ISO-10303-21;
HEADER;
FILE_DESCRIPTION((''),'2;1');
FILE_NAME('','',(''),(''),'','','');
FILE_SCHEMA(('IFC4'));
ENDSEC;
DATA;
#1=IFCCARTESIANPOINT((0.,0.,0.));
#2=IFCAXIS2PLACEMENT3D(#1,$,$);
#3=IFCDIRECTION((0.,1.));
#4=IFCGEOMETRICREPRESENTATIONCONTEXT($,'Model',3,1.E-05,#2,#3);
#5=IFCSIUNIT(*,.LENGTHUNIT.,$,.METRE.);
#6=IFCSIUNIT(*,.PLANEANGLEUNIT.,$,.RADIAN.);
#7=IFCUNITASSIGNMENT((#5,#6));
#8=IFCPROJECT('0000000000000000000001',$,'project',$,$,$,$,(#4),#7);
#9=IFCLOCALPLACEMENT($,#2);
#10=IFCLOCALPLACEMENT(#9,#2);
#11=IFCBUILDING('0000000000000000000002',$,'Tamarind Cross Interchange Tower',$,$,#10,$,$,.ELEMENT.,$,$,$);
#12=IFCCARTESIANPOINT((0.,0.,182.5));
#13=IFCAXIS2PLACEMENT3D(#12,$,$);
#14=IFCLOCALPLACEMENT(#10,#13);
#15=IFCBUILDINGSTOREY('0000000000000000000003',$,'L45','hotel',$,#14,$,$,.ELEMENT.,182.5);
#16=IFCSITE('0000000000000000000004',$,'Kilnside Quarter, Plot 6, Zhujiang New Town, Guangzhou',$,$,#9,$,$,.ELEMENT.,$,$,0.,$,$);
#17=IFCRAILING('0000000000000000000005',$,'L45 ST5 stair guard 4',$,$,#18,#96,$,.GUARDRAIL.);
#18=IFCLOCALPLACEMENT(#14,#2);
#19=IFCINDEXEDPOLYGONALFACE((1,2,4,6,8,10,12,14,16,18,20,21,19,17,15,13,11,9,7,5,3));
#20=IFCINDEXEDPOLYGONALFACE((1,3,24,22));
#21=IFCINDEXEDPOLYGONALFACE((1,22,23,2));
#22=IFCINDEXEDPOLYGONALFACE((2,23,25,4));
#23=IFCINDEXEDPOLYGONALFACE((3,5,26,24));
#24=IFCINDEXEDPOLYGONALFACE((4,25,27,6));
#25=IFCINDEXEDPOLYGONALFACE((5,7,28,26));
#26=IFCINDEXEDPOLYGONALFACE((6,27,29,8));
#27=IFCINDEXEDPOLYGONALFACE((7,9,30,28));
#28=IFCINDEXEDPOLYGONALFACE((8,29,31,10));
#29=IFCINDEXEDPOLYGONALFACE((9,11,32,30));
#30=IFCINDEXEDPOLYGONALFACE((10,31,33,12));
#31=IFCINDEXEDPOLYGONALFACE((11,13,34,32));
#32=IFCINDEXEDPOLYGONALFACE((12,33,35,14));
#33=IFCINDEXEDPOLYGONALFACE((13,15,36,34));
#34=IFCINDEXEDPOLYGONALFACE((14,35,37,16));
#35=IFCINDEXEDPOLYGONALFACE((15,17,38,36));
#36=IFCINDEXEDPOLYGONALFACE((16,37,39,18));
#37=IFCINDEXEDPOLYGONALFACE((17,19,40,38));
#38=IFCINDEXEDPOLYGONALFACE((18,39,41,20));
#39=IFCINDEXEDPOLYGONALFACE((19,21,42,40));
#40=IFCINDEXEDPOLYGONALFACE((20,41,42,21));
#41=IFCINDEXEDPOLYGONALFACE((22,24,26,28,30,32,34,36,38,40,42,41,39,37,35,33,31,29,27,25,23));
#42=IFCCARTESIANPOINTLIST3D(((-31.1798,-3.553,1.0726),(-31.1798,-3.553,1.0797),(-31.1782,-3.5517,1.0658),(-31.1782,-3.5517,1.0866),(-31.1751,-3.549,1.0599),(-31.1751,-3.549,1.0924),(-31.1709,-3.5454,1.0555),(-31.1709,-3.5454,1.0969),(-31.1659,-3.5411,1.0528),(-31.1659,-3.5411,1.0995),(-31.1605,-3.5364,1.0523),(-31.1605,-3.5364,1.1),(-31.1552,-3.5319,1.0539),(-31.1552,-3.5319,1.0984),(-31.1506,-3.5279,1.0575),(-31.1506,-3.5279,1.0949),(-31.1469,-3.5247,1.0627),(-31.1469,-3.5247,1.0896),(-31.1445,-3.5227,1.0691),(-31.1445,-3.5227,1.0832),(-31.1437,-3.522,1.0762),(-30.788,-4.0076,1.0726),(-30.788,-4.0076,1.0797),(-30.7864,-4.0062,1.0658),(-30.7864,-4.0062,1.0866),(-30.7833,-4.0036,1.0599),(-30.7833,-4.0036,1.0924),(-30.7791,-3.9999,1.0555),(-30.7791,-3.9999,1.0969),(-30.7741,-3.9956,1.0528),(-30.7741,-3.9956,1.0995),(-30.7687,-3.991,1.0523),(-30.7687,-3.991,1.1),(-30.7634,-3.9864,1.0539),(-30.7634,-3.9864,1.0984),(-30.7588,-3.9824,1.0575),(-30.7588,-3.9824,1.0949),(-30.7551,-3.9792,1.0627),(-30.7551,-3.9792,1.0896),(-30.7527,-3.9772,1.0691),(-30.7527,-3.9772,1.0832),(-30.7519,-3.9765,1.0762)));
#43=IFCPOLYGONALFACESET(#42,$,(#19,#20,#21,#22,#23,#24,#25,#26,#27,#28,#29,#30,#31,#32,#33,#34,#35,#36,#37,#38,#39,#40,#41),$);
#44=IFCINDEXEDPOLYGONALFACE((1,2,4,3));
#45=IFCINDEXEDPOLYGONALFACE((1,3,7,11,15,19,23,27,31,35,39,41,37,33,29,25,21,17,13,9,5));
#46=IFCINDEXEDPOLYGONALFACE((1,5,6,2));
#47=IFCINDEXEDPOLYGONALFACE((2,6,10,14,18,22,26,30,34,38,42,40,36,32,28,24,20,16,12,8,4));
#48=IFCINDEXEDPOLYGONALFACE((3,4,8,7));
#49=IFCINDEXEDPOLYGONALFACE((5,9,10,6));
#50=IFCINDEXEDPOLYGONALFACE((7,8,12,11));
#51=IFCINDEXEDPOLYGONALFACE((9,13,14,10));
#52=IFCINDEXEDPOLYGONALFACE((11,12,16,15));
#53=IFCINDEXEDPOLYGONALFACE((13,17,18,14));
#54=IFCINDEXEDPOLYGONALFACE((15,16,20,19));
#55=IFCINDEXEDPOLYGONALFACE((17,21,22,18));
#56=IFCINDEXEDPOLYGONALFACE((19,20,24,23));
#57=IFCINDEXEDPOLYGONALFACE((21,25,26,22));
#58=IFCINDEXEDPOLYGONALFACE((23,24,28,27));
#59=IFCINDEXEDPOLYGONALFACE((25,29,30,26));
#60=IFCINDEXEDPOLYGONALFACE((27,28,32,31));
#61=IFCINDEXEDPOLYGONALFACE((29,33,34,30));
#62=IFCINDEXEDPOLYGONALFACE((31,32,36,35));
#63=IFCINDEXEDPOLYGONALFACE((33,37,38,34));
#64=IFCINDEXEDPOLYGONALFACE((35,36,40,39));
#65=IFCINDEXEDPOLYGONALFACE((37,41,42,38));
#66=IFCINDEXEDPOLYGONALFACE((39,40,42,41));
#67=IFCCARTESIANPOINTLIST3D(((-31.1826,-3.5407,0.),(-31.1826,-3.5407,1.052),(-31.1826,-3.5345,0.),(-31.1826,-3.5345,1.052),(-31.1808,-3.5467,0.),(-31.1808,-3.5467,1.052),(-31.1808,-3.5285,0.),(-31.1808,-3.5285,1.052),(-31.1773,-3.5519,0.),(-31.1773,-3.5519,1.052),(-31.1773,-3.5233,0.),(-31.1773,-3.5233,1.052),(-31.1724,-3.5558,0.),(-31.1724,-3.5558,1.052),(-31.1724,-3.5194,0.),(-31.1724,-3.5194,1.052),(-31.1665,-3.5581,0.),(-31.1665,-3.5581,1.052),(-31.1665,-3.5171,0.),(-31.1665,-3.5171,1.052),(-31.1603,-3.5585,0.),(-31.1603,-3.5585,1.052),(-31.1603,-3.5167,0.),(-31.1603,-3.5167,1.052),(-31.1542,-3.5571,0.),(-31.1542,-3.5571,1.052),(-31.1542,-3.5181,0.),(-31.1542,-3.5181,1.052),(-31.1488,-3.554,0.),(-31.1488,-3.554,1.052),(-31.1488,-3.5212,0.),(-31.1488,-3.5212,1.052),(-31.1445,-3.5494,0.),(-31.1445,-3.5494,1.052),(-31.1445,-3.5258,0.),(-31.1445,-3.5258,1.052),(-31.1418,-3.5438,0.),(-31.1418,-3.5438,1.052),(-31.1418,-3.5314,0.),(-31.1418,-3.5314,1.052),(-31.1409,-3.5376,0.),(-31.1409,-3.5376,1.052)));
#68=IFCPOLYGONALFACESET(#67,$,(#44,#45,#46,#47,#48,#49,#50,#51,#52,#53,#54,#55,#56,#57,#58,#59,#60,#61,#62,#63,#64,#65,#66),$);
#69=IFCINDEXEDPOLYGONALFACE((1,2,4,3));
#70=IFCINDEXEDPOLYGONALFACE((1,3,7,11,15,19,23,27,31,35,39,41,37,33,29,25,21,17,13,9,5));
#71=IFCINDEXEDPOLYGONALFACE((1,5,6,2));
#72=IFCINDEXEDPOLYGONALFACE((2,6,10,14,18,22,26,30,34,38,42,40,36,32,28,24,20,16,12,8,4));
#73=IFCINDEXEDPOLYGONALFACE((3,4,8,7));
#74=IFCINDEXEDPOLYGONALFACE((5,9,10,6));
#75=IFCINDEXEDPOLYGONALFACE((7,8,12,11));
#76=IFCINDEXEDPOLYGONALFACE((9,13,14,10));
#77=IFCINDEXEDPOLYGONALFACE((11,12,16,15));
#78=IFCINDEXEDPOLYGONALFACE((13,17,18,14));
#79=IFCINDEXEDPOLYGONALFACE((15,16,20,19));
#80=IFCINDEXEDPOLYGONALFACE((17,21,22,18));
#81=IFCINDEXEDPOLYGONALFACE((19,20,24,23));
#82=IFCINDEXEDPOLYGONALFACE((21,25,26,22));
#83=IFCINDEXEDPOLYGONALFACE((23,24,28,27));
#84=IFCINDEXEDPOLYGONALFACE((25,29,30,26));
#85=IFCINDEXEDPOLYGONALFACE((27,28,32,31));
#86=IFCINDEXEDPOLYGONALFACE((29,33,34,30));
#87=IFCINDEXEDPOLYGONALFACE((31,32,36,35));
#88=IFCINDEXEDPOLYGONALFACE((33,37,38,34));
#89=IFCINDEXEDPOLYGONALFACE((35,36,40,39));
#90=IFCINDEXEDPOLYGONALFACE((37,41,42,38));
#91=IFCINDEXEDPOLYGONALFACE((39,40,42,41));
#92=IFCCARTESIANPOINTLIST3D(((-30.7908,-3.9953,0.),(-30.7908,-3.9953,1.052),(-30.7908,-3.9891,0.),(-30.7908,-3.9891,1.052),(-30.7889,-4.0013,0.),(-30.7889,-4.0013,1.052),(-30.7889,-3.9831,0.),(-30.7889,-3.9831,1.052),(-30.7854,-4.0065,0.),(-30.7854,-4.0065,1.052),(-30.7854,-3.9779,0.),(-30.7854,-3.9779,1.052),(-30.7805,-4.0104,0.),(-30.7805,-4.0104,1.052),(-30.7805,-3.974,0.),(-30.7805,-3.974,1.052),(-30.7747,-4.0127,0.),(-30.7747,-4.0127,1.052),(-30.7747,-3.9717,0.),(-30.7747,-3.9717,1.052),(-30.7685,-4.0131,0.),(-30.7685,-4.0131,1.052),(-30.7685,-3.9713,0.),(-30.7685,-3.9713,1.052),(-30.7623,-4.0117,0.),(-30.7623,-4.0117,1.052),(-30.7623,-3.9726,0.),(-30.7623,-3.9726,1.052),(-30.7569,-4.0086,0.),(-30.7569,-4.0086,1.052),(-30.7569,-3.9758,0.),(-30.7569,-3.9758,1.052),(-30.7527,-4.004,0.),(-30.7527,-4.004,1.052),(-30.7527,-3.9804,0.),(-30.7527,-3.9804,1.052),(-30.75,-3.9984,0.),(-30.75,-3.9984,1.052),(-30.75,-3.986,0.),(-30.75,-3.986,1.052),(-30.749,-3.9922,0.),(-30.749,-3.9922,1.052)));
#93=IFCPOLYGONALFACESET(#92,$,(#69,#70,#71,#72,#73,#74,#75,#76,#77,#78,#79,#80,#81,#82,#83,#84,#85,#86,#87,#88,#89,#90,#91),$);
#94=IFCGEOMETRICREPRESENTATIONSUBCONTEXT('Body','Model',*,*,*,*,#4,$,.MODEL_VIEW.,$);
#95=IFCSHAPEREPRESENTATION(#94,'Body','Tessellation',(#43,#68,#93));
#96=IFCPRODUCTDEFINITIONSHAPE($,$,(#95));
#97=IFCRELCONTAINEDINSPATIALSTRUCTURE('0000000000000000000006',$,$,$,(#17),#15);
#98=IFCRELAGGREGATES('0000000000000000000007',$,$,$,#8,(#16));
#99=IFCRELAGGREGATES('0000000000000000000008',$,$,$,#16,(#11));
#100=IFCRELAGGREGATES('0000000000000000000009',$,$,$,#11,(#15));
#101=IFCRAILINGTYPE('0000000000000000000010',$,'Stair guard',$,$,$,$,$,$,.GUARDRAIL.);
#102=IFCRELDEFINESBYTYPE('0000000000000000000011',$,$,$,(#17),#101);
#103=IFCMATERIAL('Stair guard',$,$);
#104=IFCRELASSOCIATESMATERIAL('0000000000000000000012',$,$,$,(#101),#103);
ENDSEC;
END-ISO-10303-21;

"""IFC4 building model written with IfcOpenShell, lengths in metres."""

from ifc_helpers import new_model, si_unit, direction, frame, origin, origin_2d, place, context, subcontext, project, spatial, circle, extrude, material, type_object, element, save


model = new_model("IFC4")

# Units and contexts
model_context = context("Model", 3, precision=1e-05, world=origin(), true_north=direction((0.0, 1.0)))
body_context = subcontext(model_context, "Body", "Model", "MODEL_VIEW")
ifc_project = project(units=[si_unit("LENGTHUNIT", "METRE"), si_unit("PLANEANGLEUNIT", "RADIAN")], contexts=[model_context])

# Site, building, storey
site_placement = place(None, origin())
site = spatial("IfcSite", under=ifc_project, at=site_placement, Name="Kilnside Quarter, Plot 6, Zhujiang New Town, Guangzhou", CompositionType="ELEMENT", RefElevation=0.0)
building_placement = place(site_placement, origin())
building = spatial("IfcBuilding", under=site, at=building_placement, Name="Tamarind Cross Interchange Tower", CompositionType="ELEMENT")
storey_placement = place(building_placement, frame((0.0, 0.0, 182.5)))
storey = spatial("IfcBuildingStorey", under=building, at=storey_placement, Name="L45", Description="hotel", CompositionType="ELEMENT", Elevation=182.5)

# Railing
ifc_material_1 = material(Name="Stair guard")
railing_type_1 = type_object("IfcRailingType", Name="Stair guard", PredefinedType="GUARDRAIL", material=ifc_material_1)
railing_1_placement = place(storey_placement, frame((-31.1619, -3.5376, 0.0)))
element("IfcRailing", 1, at=railing_1_placement, inside=storey, type_object=railing_type_1, Name="L45 ST5 stair guard 4", PredefinedType="GUARDRAIL", context=body_context, shape_type="SweptSolid", body=[
    extrude(circle(Radius=0.0239, at=origin_2d()), frame((0.0, 0.0, 1.0762), z_axis=(0.652899, -0.757445, 0.0), x_axis=(0.757445, 0.652899, 0.0)), (0.0, 0.0, 1.0), 0.6001),
    extrude(circle(Radius=0.021, at=origin_2d()), origin(), (0.0, 0.0, 1.0), 1.052),
    extrude(circle(Radius=0.021, at=origin_2d()), frame((0.3918, -0.4546, 0.0)), (0.0, 0.0, 1.0), 1.052),
])

save(model, "model.ifc")
